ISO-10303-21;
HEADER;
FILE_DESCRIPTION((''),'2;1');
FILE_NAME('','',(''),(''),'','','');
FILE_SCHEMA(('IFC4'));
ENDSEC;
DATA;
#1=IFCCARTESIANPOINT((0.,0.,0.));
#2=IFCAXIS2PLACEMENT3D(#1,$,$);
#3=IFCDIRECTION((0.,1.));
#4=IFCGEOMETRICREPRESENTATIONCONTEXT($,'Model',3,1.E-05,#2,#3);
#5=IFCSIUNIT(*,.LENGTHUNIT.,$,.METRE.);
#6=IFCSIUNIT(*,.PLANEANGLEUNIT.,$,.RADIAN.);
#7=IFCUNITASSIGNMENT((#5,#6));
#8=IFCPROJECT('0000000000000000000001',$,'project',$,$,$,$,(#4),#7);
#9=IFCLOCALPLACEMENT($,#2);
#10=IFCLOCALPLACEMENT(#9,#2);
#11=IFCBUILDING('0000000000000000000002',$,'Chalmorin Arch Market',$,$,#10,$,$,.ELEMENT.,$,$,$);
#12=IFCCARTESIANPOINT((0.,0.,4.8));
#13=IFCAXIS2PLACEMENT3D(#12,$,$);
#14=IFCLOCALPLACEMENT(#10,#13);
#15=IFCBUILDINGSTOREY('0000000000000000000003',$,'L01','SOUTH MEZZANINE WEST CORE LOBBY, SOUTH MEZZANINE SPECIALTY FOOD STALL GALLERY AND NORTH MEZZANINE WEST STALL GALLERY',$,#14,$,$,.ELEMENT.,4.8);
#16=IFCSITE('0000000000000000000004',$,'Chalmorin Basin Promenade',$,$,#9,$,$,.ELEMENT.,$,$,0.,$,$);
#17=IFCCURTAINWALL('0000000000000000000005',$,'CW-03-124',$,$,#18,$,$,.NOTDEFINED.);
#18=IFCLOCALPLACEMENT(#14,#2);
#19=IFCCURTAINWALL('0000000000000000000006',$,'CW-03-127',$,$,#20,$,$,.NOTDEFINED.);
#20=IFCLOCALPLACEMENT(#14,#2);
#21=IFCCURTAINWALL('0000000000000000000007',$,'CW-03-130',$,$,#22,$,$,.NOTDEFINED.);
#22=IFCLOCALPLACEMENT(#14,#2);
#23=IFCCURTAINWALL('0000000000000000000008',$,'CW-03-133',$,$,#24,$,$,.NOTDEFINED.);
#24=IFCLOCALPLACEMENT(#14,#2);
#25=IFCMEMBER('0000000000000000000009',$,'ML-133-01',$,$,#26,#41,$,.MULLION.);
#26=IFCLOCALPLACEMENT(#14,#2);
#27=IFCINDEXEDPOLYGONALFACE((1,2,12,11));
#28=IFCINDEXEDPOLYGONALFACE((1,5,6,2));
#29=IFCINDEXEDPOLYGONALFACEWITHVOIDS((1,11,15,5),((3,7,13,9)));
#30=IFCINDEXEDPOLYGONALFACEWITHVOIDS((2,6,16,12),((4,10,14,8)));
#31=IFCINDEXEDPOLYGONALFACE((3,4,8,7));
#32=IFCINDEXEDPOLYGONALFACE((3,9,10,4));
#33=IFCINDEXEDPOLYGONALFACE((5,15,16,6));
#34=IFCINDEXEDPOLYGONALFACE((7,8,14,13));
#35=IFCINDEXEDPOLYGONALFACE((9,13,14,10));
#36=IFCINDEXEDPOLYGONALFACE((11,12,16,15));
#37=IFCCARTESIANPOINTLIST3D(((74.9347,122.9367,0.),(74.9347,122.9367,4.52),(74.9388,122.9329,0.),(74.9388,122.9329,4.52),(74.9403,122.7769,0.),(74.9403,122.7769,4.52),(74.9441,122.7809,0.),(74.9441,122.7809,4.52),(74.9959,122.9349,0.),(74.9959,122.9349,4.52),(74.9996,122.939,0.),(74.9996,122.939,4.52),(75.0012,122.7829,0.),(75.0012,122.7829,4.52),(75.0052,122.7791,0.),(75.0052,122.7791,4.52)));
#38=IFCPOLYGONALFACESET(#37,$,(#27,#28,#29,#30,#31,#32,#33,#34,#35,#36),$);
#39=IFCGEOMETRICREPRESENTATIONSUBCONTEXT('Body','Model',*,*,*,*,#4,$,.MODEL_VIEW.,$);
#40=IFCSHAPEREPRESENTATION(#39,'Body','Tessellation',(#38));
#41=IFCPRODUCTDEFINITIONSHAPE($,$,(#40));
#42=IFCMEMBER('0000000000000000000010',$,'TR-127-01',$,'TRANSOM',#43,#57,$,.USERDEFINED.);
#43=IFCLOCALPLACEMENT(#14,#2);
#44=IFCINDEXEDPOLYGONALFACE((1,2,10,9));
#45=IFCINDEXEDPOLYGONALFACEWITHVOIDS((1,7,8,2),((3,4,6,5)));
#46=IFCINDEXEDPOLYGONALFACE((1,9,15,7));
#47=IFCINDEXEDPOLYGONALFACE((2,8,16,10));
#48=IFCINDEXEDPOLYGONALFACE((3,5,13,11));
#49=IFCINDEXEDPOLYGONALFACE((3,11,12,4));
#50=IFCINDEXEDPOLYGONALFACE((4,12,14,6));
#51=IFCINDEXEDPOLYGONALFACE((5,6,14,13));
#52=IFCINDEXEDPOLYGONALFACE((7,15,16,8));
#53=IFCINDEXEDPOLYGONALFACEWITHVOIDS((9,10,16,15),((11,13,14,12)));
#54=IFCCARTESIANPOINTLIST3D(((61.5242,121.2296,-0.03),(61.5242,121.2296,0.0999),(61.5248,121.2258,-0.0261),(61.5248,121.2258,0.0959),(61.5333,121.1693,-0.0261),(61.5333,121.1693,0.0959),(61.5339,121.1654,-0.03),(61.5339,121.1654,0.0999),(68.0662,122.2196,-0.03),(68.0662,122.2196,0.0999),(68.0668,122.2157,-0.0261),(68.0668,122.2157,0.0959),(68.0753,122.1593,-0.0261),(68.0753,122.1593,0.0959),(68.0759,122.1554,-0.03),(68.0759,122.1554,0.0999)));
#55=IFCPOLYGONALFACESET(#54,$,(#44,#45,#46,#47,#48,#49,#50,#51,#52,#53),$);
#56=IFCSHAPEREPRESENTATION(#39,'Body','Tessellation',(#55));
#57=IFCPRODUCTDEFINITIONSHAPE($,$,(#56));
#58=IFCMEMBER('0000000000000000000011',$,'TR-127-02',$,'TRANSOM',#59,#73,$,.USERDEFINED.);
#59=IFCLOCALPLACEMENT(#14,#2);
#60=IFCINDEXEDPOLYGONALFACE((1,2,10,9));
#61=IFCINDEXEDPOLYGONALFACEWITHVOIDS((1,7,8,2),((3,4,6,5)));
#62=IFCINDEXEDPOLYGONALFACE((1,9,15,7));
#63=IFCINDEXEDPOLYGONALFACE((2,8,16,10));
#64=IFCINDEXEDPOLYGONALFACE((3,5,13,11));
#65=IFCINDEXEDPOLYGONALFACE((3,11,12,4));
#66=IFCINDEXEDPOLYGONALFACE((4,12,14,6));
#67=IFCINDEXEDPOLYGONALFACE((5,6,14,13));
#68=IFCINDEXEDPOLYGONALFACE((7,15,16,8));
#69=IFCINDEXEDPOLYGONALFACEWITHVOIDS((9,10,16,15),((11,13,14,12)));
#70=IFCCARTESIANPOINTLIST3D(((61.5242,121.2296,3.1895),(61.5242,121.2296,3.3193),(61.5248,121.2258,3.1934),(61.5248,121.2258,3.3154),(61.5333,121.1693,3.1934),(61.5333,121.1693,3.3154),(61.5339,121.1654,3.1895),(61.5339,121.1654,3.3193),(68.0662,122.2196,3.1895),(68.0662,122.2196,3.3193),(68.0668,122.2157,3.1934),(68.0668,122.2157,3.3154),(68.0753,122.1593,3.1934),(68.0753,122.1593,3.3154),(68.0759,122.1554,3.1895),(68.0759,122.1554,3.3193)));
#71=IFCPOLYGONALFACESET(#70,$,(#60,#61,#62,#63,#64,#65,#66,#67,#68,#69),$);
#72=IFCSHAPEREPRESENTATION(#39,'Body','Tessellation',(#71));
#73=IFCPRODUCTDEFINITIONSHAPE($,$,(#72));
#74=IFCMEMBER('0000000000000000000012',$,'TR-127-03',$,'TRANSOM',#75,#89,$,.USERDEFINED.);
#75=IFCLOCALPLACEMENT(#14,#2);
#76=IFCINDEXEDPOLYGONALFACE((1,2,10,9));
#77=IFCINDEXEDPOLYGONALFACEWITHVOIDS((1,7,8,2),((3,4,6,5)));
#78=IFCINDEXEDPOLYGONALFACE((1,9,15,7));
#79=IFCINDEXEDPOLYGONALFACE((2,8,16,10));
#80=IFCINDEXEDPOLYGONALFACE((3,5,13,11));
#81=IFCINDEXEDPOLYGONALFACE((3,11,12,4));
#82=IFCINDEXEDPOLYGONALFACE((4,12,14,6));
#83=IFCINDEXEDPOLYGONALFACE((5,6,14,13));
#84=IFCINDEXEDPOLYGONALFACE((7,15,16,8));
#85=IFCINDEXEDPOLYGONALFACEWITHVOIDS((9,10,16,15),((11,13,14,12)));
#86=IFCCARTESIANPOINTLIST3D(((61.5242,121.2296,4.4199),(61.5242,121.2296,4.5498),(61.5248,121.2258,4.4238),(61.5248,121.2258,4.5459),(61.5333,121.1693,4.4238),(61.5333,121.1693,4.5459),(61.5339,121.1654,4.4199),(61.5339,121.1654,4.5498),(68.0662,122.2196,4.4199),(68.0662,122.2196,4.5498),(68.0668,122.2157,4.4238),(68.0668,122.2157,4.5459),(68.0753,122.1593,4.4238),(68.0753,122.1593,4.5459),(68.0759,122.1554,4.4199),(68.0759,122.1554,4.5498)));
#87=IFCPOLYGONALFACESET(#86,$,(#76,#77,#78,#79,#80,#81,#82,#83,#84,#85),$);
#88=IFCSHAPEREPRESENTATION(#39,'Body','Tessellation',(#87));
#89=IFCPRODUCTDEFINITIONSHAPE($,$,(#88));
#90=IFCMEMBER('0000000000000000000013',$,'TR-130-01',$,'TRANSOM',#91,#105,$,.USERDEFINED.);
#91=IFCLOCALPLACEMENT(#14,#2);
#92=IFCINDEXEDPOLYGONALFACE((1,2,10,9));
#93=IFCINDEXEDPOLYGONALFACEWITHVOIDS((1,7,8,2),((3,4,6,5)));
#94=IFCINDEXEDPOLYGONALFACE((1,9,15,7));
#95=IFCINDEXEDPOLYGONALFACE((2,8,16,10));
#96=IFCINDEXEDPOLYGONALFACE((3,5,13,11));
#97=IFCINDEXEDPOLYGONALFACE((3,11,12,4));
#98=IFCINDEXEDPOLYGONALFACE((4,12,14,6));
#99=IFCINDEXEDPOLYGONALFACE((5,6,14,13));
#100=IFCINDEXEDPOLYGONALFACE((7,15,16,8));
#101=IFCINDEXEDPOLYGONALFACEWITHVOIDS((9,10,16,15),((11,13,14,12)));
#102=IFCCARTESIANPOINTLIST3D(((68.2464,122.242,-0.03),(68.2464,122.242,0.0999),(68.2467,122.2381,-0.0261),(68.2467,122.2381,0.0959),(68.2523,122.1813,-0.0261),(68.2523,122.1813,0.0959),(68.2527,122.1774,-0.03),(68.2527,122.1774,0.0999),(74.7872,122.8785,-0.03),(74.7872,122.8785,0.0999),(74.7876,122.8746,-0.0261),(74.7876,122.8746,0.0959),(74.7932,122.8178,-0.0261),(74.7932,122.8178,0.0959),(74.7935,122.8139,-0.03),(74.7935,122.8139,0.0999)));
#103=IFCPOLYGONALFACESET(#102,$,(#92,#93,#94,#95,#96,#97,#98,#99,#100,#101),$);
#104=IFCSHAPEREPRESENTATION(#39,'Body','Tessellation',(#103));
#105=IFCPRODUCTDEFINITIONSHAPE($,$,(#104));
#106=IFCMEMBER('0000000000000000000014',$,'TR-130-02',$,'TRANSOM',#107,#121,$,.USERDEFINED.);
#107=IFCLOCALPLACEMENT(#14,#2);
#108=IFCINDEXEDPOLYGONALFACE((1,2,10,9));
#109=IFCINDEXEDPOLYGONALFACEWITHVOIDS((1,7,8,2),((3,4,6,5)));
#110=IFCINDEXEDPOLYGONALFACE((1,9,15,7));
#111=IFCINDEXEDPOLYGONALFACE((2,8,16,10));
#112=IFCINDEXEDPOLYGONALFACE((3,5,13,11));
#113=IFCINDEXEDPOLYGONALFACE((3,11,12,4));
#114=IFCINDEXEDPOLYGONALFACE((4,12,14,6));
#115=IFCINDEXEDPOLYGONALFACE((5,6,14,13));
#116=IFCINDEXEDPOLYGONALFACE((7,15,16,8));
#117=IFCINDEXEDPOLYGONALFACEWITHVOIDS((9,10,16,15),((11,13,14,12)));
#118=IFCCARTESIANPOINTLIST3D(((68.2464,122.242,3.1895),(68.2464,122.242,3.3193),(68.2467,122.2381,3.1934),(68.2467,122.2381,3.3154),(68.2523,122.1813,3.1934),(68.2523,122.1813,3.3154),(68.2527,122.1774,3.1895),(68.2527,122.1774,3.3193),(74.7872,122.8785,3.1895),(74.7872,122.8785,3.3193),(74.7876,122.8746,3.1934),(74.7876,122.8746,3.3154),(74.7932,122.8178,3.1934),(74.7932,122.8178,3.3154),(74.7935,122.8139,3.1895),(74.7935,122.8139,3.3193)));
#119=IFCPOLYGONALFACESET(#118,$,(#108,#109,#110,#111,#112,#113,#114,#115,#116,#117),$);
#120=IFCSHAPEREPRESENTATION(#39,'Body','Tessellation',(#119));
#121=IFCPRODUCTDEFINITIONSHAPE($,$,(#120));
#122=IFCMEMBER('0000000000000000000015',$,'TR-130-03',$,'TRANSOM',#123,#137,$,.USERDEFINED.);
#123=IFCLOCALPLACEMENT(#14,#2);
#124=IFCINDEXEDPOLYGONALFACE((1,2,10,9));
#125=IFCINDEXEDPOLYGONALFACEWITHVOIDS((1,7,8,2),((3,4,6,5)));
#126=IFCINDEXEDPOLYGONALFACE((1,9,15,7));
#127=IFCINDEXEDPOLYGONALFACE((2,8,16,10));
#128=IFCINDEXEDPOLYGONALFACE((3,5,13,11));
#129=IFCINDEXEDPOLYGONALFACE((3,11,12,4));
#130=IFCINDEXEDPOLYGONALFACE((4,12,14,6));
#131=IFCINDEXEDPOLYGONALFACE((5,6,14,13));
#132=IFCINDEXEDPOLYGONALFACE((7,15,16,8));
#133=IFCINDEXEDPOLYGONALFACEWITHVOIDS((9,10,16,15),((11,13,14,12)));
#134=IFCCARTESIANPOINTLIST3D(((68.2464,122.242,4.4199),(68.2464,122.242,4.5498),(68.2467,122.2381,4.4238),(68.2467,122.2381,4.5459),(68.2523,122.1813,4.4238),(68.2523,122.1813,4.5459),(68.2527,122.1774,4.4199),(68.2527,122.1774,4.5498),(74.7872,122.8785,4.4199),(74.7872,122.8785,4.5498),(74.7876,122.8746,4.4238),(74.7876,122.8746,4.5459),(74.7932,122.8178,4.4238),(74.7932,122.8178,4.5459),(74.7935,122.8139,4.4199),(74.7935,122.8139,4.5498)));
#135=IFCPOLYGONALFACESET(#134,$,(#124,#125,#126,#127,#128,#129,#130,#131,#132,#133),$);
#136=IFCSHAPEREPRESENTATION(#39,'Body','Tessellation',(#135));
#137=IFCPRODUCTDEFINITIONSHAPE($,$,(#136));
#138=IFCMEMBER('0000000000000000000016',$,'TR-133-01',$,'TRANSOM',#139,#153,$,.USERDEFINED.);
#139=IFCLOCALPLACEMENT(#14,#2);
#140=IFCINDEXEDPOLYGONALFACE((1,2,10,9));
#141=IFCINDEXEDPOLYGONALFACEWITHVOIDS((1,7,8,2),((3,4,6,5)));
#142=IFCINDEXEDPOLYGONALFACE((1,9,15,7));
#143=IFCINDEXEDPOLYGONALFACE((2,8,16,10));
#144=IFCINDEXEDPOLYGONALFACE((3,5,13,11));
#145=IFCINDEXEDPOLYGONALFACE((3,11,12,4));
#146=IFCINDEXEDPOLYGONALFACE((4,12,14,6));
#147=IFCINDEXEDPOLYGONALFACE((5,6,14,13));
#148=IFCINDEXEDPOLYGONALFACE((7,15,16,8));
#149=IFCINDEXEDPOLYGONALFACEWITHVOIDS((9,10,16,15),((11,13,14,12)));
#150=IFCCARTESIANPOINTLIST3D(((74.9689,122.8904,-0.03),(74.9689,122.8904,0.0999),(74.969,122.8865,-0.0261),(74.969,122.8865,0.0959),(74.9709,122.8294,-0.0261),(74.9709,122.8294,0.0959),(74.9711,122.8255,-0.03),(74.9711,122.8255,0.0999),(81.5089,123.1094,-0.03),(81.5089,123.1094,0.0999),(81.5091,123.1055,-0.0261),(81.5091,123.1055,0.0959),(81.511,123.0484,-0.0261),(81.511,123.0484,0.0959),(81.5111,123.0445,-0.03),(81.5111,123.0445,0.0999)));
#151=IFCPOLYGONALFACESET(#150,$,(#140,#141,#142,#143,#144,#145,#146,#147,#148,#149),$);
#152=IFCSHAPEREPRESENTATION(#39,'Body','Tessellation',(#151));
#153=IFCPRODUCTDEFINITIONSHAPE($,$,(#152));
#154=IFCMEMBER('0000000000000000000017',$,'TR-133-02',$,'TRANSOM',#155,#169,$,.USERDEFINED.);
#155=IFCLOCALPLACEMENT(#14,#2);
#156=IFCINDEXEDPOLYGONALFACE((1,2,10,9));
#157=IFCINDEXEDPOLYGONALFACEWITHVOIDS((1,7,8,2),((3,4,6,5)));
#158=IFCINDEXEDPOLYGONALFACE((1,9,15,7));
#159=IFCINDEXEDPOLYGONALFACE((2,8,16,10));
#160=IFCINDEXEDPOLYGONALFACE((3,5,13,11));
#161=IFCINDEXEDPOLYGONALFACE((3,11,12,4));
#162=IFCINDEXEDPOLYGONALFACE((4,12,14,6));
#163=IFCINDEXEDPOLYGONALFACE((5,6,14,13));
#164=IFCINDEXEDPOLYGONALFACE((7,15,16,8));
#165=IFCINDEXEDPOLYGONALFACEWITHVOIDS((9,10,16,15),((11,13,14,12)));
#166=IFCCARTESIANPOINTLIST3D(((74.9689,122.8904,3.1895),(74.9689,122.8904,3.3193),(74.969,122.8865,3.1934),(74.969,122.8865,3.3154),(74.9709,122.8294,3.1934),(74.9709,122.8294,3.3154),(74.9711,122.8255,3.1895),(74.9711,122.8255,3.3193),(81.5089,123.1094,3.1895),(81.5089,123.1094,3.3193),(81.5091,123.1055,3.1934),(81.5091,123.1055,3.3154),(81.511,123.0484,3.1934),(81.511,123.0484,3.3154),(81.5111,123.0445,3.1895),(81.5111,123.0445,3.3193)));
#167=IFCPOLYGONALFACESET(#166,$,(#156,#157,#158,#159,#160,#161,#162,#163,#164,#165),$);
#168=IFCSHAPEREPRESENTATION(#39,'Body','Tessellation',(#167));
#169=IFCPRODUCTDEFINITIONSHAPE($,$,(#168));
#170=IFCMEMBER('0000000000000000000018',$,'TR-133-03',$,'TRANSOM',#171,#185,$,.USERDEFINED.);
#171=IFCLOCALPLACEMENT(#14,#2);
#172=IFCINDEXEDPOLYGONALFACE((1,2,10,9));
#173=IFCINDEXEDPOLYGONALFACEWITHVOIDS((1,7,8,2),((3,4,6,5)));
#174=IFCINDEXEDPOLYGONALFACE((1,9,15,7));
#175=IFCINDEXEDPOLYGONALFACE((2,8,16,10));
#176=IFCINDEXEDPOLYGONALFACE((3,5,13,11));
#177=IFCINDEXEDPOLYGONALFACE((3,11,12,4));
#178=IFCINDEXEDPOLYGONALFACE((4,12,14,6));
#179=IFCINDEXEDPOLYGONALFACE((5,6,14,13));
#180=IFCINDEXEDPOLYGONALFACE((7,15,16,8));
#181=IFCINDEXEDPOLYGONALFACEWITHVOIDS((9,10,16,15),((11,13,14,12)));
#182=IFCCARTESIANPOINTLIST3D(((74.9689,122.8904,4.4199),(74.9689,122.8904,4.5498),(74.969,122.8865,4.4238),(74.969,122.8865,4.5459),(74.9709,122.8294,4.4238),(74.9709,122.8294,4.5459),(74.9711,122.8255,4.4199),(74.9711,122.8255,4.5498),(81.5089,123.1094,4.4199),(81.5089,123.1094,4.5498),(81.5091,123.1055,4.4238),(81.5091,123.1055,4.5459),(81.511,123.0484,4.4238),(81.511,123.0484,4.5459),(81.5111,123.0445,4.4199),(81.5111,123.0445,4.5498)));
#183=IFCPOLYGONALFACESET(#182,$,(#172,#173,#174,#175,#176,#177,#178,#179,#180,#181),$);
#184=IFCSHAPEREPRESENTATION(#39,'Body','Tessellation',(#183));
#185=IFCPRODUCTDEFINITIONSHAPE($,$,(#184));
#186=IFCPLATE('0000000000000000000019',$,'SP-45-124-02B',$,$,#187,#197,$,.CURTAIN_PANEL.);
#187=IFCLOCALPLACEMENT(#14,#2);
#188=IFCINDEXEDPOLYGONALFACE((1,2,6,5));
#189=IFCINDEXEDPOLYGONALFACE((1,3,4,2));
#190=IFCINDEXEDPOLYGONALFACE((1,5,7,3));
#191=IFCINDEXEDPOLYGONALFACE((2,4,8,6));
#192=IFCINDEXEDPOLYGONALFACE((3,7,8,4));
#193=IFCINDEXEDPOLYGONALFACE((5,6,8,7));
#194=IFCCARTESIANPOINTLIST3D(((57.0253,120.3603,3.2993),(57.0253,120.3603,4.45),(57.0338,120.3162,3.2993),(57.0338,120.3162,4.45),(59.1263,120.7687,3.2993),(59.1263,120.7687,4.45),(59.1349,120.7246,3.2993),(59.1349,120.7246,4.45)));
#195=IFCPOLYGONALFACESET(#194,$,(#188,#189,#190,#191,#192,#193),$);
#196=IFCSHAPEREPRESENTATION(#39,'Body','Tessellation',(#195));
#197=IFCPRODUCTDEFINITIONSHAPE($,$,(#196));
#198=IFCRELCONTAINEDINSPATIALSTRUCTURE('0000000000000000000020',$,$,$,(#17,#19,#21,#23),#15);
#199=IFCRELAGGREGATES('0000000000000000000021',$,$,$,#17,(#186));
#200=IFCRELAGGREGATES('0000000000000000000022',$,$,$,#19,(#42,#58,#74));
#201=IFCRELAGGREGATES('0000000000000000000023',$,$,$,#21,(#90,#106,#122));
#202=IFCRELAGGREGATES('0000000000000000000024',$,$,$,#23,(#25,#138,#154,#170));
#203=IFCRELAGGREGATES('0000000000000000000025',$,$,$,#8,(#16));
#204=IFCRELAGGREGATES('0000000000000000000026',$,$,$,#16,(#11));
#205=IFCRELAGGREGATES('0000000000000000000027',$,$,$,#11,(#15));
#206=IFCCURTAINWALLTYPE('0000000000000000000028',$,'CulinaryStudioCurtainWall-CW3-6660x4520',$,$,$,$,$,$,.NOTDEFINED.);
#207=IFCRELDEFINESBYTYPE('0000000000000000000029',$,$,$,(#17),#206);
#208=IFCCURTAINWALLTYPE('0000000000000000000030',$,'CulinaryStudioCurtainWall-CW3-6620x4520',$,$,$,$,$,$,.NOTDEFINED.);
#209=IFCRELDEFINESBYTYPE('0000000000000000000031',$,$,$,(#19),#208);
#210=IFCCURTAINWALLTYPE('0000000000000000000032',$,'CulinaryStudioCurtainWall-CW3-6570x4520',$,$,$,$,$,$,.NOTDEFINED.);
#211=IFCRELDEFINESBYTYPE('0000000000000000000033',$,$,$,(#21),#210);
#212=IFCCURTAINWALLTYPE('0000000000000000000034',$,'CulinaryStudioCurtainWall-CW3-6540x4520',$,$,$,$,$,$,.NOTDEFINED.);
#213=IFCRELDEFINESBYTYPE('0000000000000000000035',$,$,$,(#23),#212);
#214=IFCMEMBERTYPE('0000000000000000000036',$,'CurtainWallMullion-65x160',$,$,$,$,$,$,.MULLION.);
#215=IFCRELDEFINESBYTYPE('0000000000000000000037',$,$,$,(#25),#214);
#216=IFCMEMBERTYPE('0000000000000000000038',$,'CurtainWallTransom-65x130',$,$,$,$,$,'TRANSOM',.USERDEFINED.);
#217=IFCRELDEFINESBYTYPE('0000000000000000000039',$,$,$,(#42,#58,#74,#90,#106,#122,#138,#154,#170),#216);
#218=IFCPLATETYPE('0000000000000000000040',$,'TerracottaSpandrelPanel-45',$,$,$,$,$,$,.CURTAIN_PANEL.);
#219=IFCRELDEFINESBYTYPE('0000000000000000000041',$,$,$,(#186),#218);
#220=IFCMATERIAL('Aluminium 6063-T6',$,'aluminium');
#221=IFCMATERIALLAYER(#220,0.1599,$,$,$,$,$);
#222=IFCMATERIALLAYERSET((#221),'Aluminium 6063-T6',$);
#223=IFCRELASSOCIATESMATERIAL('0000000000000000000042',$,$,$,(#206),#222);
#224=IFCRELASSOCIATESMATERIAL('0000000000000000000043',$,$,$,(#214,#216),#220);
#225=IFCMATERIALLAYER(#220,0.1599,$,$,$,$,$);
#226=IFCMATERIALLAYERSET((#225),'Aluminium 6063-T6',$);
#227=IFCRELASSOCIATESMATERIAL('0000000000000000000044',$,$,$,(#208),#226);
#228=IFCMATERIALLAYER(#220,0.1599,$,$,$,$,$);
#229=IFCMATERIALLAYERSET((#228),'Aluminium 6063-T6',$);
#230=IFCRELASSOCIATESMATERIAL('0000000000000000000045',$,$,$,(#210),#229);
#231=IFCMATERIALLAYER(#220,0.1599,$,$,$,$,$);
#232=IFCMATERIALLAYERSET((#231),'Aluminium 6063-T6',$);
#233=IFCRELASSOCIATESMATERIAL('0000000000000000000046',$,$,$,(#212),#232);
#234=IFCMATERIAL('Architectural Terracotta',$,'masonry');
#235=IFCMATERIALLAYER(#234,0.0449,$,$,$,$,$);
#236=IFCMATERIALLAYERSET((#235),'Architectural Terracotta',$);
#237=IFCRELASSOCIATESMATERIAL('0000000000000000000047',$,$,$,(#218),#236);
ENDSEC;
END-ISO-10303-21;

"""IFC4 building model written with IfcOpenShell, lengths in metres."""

from ifc_helpers import new_model, si_unit, direction, frame, origin, origin_2d, place, context, subcontext, project, spatial, rectangle, hollow_rectangle, extrude, material, layer, layer_set, material_profile, profile_set, type_object, element, aggregate, save


model = new_model("IFC4")

# Units and contexts
model_context = context("Model", 3, precision=1e-05, world=origin(), true_north=direction((0.0, 1.0)))
body_context = subcontext(model_context, "Body", "Model", "MODEL_VIEW")
ifc_project = project(units=[si_unit("LENGTHUNIT", "METRE"), si_unit("PLANEANGLEUNIT", "RADIAN")], contexts=[model_context])

# Site, building, storey
site_placement = place(None, origin())
site = spatial("IfcSite", under=ifc_project, at=site_placement, Name="Chalmorin Basin Promenade", CompositionType="ELEMENT", RefElevation=0.0)
building_placement = place(site_placement, origin())
building = spatial("IfcBuilding", under=site, at=building_placement, Name="Chalmorin Arch Market", CompositionType="ELEMENT")
storey_placement = place(building_placement, frame((0.0, 0.0, 4.8)))
storey = spatial("IfcBuildingStorey", under=building, at=storey_placement, Name="L01", Description="SOUTH MEZZANINE WEST CORE LOBBY, SOUTH MEZZANINE SPECIALTY FOOD STALL GALLERY AND NORTH MEZZANINE WEST STALL GALLERY", CompositionType="ELEMENT", Elevation=4.8)

# Curtain walls
ifc_material_1 = material(Name="Aluminium 6063-T6", Category="aluminium")
ifc_layer_1 = layer(ifc_material_1, 0.1599)
ifc_layer_set_1 = layer_set([ifc_layer_1], Name="Aluminium 6063-T6")
curtain_wall_type_1 = type_object("IfcCurtainWallType", Name="CulinaryStudioCurtainWall-CW3-6660x4520", PredefinedType="NOTDEFINED", material=ifc_layer_set_1)
curtain_wall_1_placement = place(storey_placement, origin())
curtain_wall_1 = element("IfcCurtainWall", 1, at=curtain_wall_1_placement, inside=storey, type_object=curtain_wall_type_1, Name="CW-03-124", PredefinedType="NOTDEFINED")
ifc_material_profile_1 = material_profile(ifc_material_1, hollow_rectangle(XDim=0.0649, YDim=0.1599, WallThickness=0.0039, at=origin_2d()), Name="ALU65X160X4")
ifc_profile_set_1 = profile_set([ifc_material_profile_1], Name="Aluminium 6063-T6")
member_type_1 = type_object("IfcMemberType", Name="CurtainWallMullion-65x160", PredefinedType="MULLION", material=ifc_profile_set_1)
ifc_layer_2 = layer(ifc_material_1, 0.1599)
ifc_layer_set_2 = layer_set([ifc_layer_2], Name="Aluminium 6063-T6")
curtain_wall_type_2 = type_object("IfcCurtainWallType", Name="CulinaryStudioCurtainWall-CW3-6620x4520", PredefinedType="NOTDEFINED", material=ifc_layer_set_2)
curtain_wall_2_placement = place(storey_placement, origin())
curtain_wall_2 = element("IfcCurtainWall", 2, at=curtain_wall_2_placement, inside=storey, type_object=curtain_wall_type_2, Name="CW-03-127", PredefinedType="NOTDEFINED")
ifc_layer_3 = layer(ifc_material_1, 0.1599)
ifc_layer_set_3 = layer_set([ifc_layer_3], Name="Aluminium 6063-T6")
curtain_wall_type_3 = type_object("IfcCurtainWallType", Name="CulinaryStudioCurtainWall-CW3-6570x4520", PredefinedType="NOTDEFINED", material=ifc_layer_set_3)
curtain_wall_3_placement = place(storey_placement, origin())
curtain_wall_3 = element("IfcCurtainWall", 3, at=curtain_wall_3_placement, inside=storey, type_object=curtain_wall_type_3, Name="CW-03-130", PredefinedType="NOTDEFINED")

# Curtain wall, member
ifc_layer_4 = layer(ifc_material_1, 0.1599)
ifc_layer_set_4 = layer_set([ifc_layer_4], Name="Aluminium 6063-T6")
curtain_wall_type_4 = type_object("IfcCurtainWallType", Name="CulinaryStudioCurtainWall-CW3-6540x4520", PredefinedType="NOTDEFINED", material=ifc_layer_set_4)
curtain_wall_4_placement = place(storey_placement, origin())
curtain_wall_4 = element("IfcCurtainWall", 4, at=curtain_wall_4_placement, inside=storey, type_object=curtain_wall_type_4, Name="CW-03-133", PredefinedType="NOTDEFINED")
member_1_placement = place(storey_placement, frame((74.97, 122.8579, 0.0), z_axis=(0.0, 0.0, 1.0), x_axis=(0.999391, 0.034899, 0.0)))
member_1 = element("IfcMember", 5, at=member_1_placement, type_object=member_type_1, Name="ML-133-01", PredefinedType="MULLION", context=body_context, shape_type="SweptSolid", body=[
    extrude(hollow_rectangle(XDim=0.0649, YDim=0.1599, WallThickness=0.0039, at=origin_2d()), origin(), (0.0, 0.0, 1.0), 4.52),
])

# Members
ifc_material_profile_2 = material_profile(ifc_material_1, hollow_rectangle(XDim=0.0649, YDim=0.1299, WallThickness=0.0039, at=origin_2d()), Name="ALU65X130X4")
ifc_profile_set_2 = profile_set([ifc_material_profile_2], Name="Aluminium 6063-T6")
member_type_2 = type_object("IfcMemberType", Name="CurtainWallTransom-65x130", ElementType="TRANSOM", PredefinedType="USERDEFINED", material=ifc_profile_set_2)
member_2_placement = place(storey_placement, frame((61.5291, 121.1975, 0.0349), z_axis=(0.988743, 0.149625, 0.0), x_axis=(-0.149625, 0.988743, 0.0)))
member_2 = element("IfcMember", 6, at=member_2_placement, type_object=member_type_2, Name="TR-127-01", ObjectType="TRANSOM", PredefinedType="USERDEFINED", context=body_context, shape_type="SweptSolid", body=[
    extrude(hollow_rectangle(XDim=0.0649, YDim=0.1299, WallThickness=0.0039, at=origin_2d()), origin(), (0.0, 0.0, 1.0), 6.6165),
])
member_3_placement = place(storey_placement, frame((61.5291, 121.1975, 3.2544), z_axis=(0.988743, 0.149625, 0.0), x_axis=(-0.149625, 0.988743, 0.0)))
member_3 = element("IfcMember", 7, at=member_3_placement, type_object=member_type_2, Name="TR-127-02", ObjectType="TRANSOM", PredefinedType="USERDEFINED", context=body_context, shape_type="SweptSolid", body=[
    extrude(hollow_rectangle(XDim=0.0649, YDim=0.1299, WallThickness=0.0039, at=origin_2d()), origin(), (0.0, 0.0, 1.0), 6.6165),
])
member_4_placement = place(storey_placement, frame((61.5291, 121.1975, 4.4849), z_axis=(0.988743, 0.149625, 0.0), x_axis=(-0.149625, 0.988743, 0.0)))
member_4 = element("IfcMember", 8, at=member_4_placement, type_object=member_type_2, Name="TR-127-03", ObjectType="TRANSOM", PredefinedType="USERDEFINED", context=body_context, shape_type="SweptSolid", body=[
    extrude(hollow_rectangle(XDim=0.0649, YDim=0.1299, WallThickness=0.0039, at=origin_2d()), origin(), (0.0, 0.0, 1.0), 6.6165),
])
member_5_placement = place(storey_placement, frame((68.2495, 122.2097, 0.0349), z_axis=(0.995299, 0.096851, 0.0), x_axis=(-0.096851, 0.995299, 0.0)))
member_5 = element("IfcMember", 9, at=member_5_placement, type_object=member_type_2, Name="TR-130-01", ObjectType="TRANSOM", PredefinedType="USERDEFINED", context=body_context, shape_type="SweptSolid", body=[
    extrude(hollow_rectangle(XDim=0.0649, YDim=0.1299, WallThickness=0.0039, at=origin_2d()), origin(), (0.0, 0.0, 1.0), 6.5718),
])
member_6_placement = place(storey_placement, frame((68.2495, 122.2097, 3.2544), z_axis=(0.995299, 0.096851, 0.0), x_axis=(-0.096851, 0.995299, 0.0)))
member_6 = element("IfcMember", 10, at=member_6_placement, type_object=member_type_2, Name="TR-130-02", ObjectType="TRANSOM", PredefinedType="USERDEFINED", context=body_context, shape_type="SweptSolid", body=[
    extrude(hollow_rectangle(XDim=0.0649, YDim=0.1299, WallThickness=0.0039, at=origin_2d()), origin(), (0.0, 0.0, 1.0), 6.5718),
])
member_7_placement = place(storey_placement, frame((68.2495, 122.2097, 4.4849), z_axis=(0.995299, 0.096851, 0.0), x_axis=(-0.096851, 0.995299, 0.0)))
member_7 = element("IfcMember", 11, at=member_7_placement, type_object=member_type_2, Name="TR-130-03", ObjectType="TRANSOM", PredefinedType="USERDEFINED", context=body_context, shape_type="SweptSolid", body=[
    extrude(hollow_rectangle(XDim=0.0649, YDim=0.1299, WallThickness=0.0039, at=origin_2d()), origin(), (0.0, 0.0, 1.0), 6.5718),
])
member_8_placement = place(storey_placement, frame((74.97, 122.8579, 0.0349), z_axis=(0.99944, 0.033466, 0.0), x_axis=(-0.033466, 0.99944, 0.0)))
member_8 = element("IfcMember", 12, at=member_8_placement, type_object=member_type_2, Name="TR-133-01", ObjectType="TRANSOM", PredefinedType="USERDEFINED", context=body_context, shape_type="SweptSolid", body=[
    extrude(hollow_rectangle(XDim=0.0649, YDim=0.1299, WallThickness=0.0039, at=origin_2d()), origin(), (0.0, 0.0, 1.0), 6.5437),
])
member_9_placement = place(storey_placement, frame((74.97, 122.8579, 3.2544), z_axis=(0.99944, 0.033466, 0.0), x_axis=(-0.033466, 0.99944, 0.0)))
member_9 = element("IfcMember", 13, at=member_9_placement, type_object=member_type_2, Name="TR-133-02", ObjectType="TRANSOM", PredefinedType="USERDEFINED", context=body_context, shape_type="SweptSolid", body=[
    extrude(hollow_rectangle(XDim=0.0649, YDim=0.1299, WallThickness=0.0039, at=origin_2d()), origin(), (0.0, 0.0, 1.0), 6.5437),
])
member_10_placement = place(storey_placement, frame((74.97, 122.8579, 4.4849), z_axis=(0.99944, 0.033466, 0.0), x_axis=(-0.033466, 0.99944, 0.0)))
member_10 = element("IfcMember", 14, at=member_10_placement, type_object=member_type_2, Name="TR-133-03", ObjectType="TRANSOM", PredefinedType="USERDEFINED", context=body_context, shape_type="SweptSolid", body=[
    extrude(hollow_rectangle(XDim=0.0649, YDim=0.1299, WallThickness=0.0039, at=origin_2d()), origin(), (0.0, 0.0, 1.0), 6.5437),
])

# Plate
ifc_material_2 = material(Name="Architectural Terracotta", Category="masonry")
ifc_layer_5 = layer(ifc_material_2, 0.0449)
ifc_layer_set_5 = layer_set([ifc_layer_5], Name="Architectural Terracotta")
plate_type_1 = type_object("IfcPlateType", Name="TerracottaSpandrelPanel-45", PredefinedType="CURTAIN_PANEL", material=ifc_layer_set_5)
plate_1_placement = place(storey_placement, frame((58.0801, 120.5425, 3.2993), z_axis=(0.0, 0.0, 1.0), x_axis=(0.981627, 0.190809, 0.0)))
plate_1 = element("IfcPlate", 15, at=plate_1_placement, type_object=plate_type_1, Name="SP-45-124-02B", PredefinedType="CURTAIN_PANEL", context=body_context, shape_type="SweptSolid", body=[
    extrude(rectangle(XDim=2.1404, YDim=0.0449, at=origin_2d()), origin(), (0.0, 0.0, 1.0), 1.1506),
])
aggregate(curtain_wall_1, [plate_1])
aggregate(curtain_wall_2, [member_2, member_3, member_4])
aggregate(curtain_wall_3, [member_5, member_6, member_7])
aggregate(curtain_wall_4, [member_1, member_8, member_9, member_10])

save(model, "model.ifc")
